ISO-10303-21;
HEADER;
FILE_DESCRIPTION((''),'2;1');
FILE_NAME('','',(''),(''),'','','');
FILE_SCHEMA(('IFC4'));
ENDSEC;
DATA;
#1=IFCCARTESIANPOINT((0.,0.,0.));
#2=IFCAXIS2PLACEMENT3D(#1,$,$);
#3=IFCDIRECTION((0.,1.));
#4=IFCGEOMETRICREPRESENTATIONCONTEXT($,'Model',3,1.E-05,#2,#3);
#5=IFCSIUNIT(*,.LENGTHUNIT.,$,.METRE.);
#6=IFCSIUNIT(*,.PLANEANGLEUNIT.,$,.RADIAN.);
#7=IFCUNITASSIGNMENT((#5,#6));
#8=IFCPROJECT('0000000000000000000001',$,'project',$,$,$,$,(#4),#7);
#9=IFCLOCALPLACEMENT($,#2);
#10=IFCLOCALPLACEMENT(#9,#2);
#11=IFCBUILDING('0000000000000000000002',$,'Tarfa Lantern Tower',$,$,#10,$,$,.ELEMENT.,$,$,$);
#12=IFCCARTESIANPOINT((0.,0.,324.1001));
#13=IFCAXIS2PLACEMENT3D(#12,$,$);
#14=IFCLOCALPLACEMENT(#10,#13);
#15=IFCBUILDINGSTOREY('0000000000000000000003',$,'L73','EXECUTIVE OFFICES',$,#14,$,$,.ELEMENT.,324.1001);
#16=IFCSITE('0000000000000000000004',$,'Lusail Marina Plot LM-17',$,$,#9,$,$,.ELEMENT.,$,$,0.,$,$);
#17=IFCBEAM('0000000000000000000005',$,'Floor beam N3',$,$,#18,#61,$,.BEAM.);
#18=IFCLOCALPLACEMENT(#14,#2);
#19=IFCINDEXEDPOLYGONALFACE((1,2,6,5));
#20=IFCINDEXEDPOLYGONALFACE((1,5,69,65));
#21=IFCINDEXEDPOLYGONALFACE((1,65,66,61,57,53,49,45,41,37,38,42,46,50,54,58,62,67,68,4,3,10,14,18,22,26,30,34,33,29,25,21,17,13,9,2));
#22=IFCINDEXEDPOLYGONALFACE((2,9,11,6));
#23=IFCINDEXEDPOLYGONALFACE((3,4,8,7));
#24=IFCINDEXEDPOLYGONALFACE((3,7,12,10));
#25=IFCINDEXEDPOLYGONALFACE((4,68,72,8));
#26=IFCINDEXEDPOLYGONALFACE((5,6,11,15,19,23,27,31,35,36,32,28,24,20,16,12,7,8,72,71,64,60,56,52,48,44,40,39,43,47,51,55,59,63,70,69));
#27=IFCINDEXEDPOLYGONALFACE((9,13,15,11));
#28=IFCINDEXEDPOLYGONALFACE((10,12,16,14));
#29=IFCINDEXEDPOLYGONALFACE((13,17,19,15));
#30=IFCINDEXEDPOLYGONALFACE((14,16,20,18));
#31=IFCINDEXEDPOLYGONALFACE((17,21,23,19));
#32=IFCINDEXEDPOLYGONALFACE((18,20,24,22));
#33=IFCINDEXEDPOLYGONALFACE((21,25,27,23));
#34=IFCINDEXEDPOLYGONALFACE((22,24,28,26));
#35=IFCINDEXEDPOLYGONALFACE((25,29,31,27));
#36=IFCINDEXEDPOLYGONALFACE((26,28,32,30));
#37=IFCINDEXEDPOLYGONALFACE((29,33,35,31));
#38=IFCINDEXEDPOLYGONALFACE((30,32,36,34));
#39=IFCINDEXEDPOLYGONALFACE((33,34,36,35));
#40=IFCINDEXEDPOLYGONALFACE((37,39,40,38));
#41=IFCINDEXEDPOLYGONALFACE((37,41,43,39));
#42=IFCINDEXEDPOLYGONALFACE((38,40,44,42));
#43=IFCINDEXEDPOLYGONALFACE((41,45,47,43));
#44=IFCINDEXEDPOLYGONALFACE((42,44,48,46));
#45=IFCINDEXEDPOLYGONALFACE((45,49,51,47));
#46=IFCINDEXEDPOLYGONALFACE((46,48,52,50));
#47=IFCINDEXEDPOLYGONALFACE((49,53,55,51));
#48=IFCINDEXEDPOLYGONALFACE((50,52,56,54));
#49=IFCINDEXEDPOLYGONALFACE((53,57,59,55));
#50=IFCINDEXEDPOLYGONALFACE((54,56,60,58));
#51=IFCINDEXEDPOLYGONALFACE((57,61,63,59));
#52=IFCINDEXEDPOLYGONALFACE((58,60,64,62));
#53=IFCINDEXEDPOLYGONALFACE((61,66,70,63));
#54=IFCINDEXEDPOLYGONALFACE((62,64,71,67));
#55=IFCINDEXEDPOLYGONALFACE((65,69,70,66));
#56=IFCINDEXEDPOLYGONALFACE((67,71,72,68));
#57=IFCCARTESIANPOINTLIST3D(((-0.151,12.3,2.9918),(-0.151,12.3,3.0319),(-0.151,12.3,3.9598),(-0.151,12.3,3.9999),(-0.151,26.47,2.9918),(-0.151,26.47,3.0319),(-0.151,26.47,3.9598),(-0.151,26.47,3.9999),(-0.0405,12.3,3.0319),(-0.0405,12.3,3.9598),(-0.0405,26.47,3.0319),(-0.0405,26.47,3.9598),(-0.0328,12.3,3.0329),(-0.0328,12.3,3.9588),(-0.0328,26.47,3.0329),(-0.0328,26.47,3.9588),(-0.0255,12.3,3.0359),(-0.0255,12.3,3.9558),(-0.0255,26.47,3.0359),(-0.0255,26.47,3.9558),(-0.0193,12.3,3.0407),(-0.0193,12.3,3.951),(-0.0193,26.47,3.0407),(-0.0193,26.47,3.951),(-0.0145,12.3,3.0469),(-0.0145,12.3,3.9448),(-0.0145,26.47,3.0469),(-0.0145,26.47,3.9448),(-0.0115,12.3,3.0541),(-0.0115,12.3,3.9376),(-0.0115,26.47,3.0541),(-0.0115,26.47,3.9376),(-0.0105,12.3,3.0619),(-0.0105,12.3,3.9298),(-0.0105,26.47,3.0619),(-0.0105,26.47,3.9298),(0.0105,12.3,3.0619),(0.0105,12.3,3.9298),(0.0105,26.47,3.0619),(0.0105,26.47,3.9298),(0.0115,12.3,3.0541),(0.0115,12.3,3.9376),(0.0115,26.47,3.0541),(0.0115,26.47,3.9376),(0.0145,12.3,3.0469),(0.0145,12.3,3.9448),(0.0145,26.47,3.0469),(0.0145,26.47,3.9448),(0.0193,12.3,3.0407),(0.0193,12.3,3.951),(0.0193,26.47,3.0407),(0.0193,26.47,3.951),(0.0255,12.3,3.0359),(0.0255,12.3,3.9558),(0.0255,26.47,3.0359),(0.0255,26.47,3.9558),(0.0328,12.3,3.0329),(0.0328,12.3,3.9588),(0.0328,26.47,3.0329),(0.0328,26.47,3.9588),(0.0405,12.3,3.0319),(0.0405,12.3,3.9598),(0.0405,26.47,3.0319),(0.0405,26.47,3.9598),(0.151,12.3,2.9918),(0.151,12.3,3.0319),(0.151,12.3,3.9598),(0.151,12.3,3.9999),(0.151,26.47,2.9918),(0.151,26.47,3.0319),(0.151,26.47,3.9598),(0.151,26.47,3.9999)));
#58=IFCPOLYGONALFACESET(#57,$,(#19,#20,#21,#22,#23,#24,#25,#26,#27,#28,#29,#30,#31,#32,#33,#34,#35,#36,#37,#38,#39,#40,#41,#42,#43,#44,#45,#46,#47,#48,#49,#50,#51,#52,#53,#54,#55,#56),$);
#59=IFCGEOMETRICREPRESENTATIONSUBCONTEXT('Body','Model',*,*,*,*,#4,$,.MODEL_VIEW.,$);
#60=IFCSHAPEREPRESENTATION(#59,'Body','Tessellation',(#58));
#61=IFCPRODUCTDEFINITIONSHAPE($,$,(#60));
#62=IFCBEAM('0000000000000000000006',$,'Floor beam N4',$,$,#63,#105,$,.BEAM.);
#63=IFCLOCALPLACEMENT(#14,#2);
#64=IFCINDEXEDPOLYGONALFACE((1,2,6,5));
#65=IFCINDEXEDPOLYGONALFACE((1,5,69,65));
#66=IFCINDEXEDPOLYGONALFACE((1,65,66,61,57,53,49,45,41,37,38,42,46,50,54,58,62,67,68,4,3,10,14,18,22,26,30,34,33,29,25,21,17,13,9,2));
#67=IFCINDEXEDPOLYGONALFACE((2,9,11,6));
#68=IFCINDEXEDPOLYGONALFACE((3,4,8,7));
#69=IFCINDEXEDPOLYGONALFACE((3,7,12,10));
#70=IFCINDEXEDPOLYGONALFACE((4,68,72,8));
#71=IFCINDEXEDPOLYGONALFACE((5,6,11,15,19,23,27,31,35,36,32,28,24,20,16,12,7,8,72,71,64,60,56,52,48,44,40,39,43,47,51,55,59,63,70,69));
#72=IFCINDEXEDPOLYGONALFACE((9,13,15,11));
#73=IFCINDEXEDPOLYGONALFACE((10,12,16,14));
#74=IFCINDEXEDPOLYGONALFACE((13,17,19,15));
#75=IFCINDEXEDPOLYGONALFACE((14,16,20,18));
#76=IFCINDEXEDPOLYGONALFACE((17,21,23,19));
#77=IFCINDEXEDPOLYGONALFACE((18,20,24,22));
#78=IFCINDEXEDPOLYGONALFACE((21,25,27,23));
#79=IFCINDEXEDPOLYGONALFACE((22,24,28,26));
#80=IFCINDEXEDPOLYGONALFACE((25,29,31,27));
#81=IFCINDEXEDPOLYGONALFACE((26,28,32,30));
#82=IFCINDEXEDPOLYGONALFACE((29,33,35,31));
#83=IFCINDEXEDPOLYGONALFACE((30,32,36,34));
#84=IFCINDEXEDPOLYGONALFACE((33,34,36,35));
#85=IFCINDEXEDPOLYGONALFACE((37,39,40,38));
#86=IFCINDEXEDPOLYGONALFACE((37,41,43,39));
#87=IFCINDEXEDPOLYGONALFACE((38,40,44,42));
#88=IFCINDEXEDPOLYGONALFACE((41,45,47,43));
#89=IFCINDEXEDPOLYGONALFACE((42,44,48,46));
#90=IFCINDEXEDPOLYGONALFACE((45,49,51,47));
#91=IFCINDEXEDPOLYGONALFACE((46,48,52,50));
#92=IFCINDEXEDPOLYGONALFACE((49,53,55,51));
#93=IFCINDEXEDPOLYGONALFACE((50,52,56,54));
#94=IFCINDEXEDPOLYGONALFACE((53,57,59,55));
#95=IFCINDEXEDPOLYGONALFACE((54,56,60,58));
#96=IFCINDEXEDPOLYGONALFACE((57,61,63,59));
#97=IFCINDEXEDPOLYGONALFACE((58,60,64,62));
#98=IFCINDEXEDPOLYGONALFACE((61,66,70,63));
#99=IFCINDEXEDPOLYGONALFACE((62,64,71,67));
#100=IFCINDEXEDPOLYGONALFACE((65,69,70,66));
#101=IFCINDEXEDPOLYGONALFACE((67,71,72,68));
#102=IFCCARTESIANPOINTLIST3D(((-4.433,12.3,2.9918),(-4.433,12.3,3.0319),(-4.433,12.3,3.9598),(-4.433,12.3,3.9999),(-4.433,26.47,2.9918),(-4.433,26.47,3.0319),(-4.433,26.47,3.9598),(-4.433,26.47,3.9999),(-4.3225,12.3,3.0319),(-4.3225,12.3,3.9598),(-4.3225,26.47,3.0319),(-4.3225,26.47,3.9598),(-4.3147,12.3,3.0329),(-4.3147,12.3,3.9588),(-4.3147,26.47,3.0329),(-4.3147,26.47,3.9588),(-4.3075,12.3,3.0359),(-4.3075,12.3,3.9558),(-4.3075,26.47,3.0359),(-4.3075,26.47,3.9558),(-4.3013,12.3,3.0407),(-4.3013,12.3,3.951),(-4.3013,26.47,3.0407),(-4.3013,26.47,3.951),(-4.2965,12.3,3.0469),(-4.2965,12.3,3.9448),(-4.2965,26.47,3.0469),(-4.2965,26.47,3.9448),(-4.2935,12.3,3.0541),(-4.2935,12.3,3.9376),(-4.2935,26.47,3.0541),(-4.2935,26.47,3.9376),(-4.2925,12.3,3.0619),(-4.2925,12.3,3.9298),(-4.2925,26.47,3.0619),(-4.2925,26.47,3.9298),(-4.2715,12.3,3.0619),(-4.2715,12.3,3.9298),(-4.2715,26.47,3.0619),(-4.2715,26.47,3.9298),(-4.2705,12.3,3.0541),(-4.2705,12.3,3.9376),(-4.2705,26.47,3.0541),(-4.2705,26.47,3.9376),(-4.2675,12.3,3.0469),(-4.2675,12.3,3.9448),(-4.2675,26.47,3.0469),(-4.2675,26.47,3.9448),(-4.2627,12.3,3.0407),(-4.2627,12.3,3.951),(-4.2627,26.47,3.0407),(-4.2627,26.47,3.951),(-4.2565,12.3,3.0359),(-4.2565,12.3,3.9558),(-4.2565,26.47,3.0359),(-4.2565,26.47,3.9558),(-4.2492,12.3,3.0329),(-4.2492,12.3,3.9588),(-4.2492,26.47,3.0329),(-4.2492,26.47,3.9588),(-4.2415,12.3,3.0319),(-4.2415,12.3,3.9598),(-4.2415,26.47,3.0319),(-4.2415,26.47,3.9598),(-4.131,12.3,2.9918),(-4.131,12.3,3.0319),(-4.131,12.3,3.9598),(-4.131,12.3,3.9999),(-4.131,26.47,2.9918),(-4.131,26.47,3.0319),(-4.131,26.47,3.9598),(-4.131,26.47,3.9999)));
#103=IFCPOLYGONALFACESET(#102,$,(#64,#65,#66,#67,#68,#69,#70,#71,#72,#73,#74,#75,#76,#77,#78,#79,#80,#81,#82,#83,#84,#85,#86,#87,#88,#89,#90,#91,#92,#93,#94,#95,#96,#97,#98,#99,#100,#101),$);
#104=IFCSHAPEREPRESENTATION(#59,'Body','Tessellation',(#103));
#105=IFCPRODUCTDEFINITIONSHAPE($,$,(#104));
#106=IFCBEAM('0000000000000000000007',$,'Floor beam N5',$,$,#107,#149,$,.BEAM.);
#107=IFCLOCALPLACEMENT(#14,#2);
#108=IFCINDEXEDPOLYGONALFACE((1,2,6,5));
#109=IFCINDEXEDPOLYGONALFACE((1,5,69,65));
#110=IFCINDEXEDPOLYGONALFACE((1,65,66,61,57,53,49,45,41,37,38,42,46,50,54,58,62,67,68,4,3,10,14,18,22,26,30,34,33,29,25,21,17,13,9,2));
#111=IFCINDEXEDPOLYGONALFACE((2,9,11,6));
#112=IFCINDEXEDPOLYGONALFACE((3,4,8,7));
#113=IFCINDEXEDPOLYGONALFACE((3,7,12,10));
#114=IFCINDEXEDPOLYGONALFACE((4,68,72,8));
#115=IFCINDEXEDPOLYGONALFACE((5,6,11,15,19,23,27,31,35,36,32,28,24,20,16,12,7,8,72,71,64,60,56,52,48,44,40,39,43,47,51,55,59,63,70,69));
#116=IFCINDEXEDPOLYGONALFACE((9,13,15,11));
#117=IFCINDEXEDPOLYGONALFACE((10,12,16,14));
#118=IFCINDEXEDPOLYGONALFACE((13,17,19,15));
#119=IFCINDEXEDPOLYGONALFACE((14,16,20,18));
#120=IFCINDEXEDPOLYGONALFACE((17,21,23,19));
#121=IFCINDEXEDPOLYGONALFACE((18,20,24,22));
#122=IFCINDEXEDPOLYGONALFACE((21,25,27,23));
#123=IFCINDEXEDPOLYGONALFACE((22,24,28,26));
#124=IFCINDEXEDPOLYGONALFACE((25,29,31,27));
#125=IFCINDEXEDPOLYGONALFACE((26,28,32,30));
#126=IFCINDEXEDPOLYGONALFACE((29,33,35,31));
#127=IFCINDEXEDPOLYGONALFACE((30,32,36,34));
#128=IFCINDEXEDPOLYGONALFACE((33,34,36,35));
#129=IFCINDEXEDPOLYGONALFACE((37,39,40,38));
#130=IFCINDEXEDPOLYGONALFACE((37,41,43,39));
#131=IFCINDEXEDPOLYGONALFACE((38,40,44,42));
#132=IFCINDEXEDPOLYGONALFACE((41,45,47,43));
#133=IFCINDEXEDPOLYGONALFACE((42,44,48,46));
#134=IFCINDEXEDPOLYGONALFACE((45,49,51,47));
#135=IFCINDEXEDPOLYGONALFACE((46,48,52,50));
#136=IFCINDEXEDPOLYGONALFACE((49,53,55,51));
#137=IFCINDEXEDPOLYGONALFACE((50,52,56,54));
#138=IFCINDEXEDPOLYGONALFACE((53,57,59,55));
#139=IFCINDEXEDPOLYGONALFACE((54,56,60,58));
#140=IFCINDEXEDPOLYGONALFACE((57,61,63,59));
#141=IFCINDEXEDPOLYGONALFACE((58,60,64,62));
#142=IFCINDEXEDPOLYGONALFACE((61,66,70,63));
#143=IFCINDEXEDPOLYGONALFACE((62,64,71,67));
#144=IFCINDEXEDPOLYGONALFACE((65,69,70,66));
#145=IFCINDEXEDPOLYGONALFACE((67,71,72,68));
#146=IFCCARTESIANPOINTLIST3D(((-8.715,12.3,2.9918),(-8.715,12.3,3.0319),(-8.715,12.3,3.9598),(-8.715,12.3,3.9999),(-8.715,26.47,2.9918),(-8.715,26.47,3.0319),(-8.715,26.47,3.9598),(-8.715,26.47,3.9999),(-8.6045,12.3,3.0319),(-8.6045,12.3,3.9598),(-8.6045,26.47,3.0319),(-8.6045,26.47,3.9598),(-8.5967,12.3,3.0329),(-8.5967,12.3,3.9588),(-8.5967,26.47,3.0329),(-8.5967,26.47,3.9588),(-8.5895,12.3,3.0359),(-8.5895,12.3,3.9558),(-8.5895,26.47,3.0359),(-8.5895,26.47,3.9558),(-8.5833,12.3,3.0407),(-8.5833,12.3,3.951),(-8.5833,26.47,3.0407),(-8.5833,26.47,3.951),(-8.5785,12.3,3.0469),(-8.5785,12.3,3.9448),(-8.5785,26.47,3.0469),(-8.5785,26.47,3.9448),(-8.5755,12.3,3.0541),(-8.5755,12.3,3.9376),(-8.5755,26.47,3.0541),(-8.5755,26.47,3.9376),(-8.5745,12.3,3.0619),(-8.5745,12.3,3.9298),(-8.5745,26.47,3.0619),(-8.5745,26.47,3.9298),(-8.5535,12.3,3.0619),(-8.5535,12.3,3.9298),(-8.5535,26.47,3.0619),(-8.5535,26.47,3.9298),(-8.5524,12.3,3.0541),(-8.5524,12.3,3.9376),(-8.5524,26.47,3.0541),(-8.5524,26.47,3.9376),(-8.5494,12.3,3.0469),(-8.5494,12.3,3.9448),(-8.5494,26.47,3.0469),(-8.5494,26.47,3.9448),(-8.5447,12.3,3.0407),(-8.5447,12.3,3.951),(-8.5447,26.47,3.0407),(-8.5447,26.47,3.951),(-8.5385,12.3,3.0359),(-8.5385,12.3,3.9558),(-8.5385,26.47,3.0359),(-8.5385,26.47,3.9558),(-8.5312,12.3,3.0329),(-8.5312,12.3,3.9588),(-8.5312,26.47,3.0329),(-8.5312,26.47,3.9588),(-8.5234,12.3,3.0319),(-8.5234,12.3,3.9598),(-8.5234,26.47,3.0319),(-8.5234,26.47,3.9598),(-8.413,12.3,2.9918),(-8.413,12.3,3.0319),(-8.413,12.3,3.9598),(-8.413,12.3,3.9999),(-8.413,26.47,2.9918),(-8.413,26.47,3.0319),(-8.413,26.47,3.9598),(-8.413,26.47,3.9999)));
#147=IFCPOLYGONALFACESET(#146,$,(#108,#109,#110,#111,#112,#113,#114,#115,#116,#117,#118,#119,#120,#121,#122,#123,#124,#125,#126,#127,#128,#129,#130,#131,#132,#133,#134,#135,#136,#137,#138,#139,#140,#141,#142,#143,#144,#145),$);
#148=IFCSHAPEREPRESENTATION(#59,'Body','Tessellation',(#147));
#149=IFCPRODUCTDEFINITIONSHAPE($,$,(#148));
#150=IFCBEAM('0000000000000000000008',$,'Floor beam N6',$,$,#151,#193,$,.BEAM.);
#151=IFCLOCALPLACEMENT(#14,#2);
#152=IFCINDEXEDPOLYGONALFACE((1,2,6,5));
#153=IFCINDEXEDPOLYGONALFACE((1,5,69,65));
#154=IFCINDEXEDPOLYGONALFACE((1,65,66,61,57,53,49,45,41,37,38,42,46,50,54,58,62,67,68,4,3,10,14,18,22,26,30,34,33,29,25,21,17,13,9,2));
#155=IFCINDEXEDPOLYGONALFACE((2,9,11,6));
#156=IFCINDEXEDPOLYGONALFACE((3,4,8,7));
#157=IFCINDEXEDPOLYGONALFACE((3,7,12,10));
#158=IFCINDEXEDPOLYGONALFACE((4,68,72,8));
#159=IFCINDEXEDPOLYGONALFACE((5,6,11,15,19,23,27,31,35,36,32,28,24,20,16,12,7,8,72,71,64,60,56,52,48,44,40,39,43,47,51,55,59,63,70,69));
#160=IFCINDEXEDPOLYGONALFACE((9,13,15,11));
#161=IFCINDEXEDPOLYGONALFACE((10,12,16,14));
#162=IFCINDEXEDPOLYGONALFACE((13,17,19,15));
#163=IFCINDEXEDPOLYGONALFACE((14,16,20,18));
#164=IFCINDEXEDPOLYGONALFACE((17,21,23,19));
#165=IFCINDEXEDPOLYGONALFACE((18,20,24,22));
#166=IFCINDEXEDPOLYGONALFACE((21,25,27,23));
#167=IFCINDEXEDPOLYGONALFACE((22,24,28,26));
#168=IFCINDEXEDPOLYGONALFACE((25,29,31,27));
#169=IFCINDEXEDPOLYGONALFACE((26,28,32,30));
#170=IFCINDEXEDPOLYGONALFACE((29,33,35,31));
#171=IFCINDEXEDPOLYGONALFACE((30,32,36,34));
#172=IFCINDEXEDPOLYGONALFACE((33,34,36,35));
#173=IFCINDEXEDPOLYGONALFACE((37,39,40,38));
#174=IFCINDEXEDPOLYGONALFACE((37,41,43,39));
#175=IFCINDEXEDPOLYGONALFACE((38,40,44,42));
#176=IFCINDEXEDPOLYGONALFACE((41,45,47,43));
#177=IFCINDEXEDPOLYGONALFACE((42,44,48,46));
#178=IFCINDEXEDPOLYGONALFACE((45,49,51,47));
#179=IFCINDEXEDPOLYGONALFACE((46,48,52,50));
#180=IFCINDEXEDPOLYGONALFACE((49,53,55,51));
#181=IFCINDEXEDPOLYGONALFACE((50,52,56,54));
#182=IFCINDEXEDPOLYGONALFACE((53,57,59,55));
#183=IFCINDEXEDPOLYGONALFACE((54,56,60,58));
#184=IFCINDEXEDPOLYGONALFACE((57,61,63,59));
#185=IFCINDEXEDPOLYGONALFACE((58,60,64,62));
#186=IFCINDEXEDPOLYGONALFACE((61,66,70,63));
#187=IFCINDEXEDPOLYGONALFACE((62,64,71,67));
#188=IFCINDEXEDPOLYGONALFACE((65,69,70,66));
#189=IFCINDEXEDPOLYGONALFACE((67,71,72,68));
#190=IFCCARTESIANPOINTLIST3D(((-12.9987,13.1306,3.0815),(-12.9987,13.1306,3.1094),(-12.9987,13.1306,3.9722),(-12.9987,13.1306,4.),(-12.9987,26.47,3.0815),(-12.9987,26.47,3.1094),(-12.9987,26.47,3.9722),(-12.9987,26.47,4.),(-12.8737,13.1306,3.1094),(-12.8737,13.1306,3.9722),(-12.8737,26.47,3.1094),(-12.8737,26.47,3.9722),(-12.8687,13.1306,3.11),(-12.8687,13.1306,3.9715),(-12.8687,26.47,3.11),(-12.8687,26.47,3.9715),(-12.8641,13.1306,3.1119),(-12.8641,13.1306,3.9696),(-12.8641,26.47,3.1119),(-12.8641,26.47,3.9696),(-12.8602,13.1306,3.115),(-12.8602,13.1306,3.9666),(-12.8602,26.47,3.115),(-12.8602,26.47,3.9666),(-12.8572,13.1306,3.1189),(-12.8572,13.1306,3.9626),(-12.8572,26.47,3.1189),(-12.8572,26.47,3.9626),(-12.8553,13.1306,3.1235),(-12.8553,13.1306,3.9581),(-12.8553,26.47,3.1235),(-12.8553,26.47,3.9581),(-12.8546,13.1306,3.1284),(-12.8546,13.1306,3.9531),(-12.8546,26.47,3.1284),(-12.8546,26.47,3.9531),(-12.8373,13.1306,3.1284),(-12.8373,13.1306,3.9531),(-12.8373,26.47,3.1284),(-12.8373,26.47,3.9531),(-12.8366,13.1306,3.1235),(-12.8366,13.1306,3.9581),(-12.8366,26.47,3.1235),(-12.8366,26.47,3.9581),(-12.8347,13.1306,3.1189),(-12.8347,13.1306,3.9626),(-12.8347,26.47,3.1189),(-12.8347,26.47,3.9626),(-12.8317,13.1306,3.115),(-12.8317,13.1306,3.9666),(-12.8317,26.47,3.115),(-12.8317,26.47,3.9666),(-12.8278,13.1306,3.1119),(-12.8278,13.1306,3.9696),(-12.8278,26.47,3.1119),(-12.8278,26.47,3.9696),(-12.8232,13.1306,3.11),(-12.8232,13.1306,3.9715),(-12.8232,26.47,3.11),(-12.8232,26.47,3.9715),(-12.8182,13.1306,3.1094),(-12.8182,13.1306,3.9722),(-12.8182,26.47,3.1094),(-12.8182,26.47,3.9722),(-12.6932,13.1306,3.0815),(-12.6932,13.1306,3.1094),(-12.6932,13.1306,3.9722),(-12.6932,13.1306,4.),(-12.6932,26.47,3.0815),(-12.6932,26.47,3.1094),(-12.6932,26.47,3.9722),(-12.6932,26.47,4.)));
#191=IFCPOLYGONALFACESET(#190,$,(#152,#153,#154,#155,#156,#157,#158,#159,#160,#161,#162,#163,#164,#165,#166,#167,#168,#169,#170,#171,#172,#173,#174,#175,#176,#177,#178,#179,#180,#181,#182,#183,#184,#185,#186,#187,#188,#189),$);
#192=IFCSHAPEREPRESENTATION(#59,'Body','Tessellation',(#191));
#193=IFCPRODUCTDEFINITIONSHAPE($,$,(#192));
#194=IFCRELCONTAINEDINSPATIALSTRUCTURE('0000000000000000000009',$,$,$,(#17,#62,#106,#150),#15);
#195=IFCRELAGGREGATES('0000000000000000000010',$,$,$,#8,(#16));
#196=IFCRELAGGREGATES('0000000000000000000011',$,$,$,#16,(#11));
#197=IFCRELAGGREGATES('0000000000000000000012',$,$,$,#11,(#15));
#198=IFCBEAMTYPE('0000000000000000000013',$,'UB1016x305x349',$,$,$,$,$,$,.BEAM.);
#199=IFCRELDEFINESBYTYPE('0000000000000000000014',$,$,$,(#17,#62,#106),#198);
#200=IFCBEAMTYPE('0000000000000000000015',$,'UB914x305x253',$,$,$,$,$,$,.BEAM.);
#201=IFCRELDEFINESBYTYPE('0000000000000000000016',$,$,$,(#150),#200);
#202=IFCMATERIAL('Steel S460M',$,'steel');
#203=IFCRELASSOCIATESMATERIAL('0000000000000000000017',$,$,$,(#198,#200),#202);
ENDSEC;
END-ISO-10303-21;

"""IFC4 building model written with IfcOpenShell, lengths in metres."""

from ifc_helpers import new_model, si_unit, direction, frame, origin, origin_2d, place, context, subcontext, project, spatial, i_section, extrude, material, material_profile, profile_set, type_object, element, save


model = new_model("IFC4")

# Units and contexts
model_context = context("Model", 3, precision=1e-05, world=origin(), true_north=direction((0.0, 1.0)))
body_context = subcontext(model_context, "Body", "Model", "MODEL_VIEW")
ifc_project = project(units=[si_unit("LENGTHUNIT", "METRE"), si_unit("PLANEANGLEUNIT", "RADIAN")], contexts=[model_context])

# Site, building, storey
site_placement = place(None, origin())
site = spatial("IfcSite", under=ifc_project, at=site_placement, Name="Lusail Marina Plot LM-17", CompositionType="ELEMENT", RefElevation=0.0)
building_placement = place(site_placement, origin())
building = spatial("IfcBuilding", under=site, at=building_placement, Name="Tarfa Lantern Tower", CompositionType="ELEMENT")
storey_placement = place(building_placement, frame((0.0, 0.0, 324.1001)))
storey = spatial("IfcBuildingStorey", under=building, at=storey_placement, Name="L73", Description="EXECUTIVE OFFICES", CompositionType="ELEMENT", Elevation=324.1001)

# Beams
ifc_material_1 = material(Name="Steel S460M", Category="steel")
ifc_material_profile_1 = material_profile(ifc_material_1, i_section(OverallWidth=0.302, OverallDepth=1.0081, WebThickness=0.021, FlangeThickness=0.04, FilletRadius=0.03, at=origin_2d()), Name="UB1016x305x349")
ifc_profile_set_1 = profile_set([ifc_material_profile_1], Name="Steel S460M")
beam_type_1 = type_object("IfcBeamType", Name="UB1016x305x349", PredefinedType="BEAM", material=ifc_profile_set_1)
for number, where, z_axis, x_axis, name in (
    (1, (0.0, 26.47, 3.4958), (0.0, -1.0, 0.0), (1.0, 0.0, 0.0), "Floor beam N3"),
    (2, (-4.282, 26.47, 3.4958), (0.0, -1.0, 0.0), (1.0, 0.0, 0.0), "Floor beam N4"),
    (3, (-8.564, 26.47, 3.4958), (0.0, -1.0, 0.0), (1.0, 0.0, 0.0), "Floor beam N5"),
):
    element("IfcBeam", number, at=place(storey_placement, frame(where, z_axis=z_axis, x_axis=x_axis)), inside=storey, type_object=beam_type_1, Name=name, PredefinedType="BEAM", context=body_context, shape_type="SweptSolid", body=[
        extrude(i_section(OverallWidth=0.302, OverallDepth=1.0081, WebThickness=0.021, FlangeThickness=0.04, FilletRadius=0.03, at=origin_2d()), origin(), (0.0, 0.0, 1.0), 14.1699),
    ])
ifc_material_profile_2 = material_profile(ifc_material_1, i_section(OverallWidth=0.3054, OverallDepth=0.9185, WebThickness=0.0173, FlangeThickness=0.0278, FilletRadius=0.019, at=origin_2d()), Name="UB914x305x253")
ifc_profile_set_2 = profile_set([ifc_material_profile_2], Name="Steel S460M")
beam_type_2 = type_object("IfcBeamType", Name="UB914x305x253", PredefinedType="BEAM", material=ifc_profile_set_2)
beam_1_placement = place(storey_placement, frame((-12.8459, 26.47, 3.5408), z_axis=(0.0, -1.0, 0.0), x_axis=(1.0, 0.0, 0.0)))
element("IfcBeam", 4, at=beam_1_placement, inside=storey, type_object=beam_type_2, Name="Floor beam N6", PredefinedType="BEAM", context=body_context, shape_type="SweptSolid", body=[
    extrude(i_section(OverallWidth=0.3054, OverallDepth=0.9185, WebThickness=0.0173, FlangeThickness=0.0278, FilletRadius=0.019, at=origin_2d()), origin(), (0.0, 0.0, 1.0), 13.3394),
])

save(model, "model.ifc")
